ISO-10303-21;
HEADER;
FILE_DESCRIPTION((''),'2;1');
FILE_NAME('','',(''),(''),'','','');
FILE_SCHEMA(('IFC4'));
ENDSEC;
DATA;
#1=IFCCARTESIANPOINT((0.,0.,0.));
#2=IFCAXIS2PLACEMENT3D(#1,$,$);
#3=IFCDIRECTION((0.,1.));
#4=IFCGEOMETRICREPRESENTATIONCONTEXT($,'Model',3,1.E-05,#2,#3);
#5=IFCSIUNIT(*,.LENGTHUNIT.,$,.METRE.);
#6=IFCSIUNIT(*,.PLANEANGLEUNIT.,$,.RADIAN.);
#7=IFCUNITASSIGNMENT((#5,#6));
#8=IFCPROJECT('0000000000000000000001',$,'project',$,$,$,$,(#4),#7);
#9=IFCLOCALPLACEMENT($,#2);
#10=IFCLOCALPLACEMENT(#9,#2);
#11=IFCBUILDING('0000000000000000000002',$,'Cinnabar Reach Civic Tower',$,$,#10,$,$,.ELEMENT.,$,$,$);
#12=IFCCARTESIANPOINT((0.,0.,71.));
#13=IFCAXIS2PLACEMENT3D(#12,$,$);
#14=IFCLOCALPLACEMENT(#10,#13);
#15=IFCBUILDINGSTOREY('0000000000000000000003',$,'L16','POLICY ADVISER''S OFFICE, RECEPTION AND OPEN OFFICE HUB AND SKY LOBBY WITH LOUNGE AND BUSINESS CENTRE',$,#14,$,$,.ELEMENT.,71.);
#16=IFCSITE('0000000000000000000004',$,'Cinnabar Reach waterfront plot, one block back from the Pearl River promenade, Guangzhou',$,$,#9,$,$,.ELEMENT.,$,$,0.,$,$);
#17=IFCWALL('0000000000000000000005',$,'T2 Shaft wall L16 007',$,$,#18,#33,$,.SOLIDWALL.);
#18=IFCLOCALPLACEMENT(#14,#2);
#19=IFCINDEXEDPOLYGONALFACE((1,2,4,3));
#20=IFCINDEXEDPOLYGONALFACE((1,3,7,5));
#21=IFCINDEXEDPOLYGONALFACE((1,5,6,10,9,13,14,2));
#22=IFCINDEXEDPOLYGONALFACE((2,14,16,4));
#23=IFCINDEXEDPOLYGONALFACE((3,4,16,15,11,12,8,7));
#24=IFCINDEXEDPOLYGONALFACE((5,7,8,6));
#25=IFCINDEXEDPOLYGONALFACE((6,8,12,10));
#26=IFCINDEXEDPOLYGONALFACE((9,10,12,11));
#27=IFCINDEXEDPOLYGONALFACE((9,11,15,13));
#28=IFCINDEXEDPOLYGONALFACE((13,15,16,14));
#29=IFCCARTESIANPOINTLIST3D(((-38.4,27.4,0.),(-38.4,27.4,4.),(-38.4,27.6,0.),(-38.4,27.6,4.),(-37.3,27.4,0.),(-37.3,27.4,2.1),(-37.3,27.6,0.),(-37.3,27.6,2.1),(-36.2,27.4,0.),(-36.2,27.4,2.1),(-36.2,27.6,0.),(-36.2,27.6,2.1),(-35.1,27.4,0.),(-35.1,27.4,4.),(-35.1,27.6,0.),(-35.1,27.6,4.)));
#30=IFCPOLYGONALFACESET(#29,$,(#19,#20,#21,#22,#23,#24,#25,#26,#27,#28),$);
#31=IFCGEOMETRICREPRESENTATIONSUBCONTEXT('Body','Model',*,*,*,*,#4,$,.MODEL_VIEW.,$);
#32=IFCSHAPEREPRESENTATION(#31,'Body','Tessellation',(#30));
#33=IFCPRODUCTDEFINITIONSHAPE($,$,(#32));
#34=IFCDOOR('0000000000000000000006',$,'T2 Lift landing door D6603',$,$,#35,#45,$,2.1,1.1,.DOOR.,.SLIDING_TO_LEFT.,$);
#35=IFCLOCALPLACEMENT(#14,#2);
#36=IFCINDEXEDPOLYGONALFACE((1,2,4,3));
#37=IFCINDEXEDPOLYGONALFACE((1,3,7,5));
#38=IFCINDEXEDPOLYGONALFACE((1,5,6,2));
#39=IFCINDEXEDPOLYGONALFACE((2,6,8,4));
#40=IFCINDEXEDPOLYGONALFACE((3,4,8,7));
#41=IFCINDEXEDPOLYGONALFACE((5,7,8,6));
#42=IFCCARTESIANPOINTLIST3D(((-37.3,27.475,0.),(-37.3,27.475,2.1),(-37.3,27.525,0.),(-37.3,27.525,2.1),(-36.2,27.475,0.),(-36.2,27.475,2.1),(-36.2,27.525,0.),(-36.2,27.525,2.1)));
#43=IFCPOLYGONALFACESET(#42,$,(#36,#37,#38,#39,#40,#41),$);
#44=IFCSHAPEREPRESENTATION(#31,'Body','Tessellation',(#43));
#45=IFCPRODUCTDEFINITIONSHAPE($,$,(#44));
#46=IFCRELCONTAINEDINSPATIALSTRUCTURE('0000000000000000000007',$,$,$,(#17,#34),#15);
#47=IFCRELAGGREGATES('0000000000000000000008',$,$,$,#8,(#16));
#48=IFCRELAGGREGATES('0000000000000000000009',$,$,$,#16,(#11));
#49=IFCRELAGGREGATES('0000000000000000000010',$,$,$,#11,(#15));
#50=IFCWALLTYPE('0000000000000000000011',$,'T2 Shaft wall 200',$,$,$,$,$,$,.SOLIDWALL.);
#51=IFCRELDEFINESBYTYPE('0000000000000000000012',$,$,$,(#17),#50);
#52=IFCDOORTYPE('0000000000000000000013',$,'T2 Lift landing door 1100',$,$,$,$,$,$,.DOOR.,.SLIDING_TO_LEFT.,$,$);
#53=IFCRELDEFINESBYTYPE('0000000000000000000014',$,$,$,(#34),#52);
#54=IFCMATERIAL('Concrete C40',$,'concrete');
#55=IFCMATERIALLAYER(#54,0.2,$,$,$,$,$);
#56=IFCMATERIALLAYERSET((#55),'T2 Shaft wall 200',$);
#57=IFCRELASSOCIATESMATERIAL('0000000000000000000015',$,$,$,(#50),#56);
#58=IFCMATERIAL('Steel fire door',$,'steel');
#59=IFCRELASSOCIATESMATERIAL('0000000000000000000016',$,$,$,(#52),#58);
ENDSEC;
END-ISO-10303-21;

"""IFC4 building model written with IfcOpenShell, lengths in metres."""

from ifc_helpers import new_model, si_unit, direction, frame, frame_2d, origin, place, context, subcontext, project, spatial, rectangle, extrude, material, layer, layer_set, type_object, element, fill, save


model = new_model("IFC4")

# Units and contexts
model_context = context("Model", 3, precision=1e-05, world=origin(), true_north=direction((0.0, 1.0)))
body_context = subcontext(model_context, "Body", "Model", "MODEL_VIEW")
ifc_project = project(units=[si_unit("LENGTHUNIT", "METRE"), si_unit("PLANEANGLEUNIT", "RADIAN")], contexts=[model_context])

# Site, building, storey
site_placement = place(None, origin())
site = spatial("IfcSite", under=ifc_project, at=site_placement, Name="Cinnabar Reach waterfront plot, one block back from the Pearl River promenade, Guangzhou", CompositionType="ELEMENT", RefElevation=0.0)
building_placement = place(site_placement, origin())
building = spatial("IfcBuilding", under=site, at=building_placement, Name="Cinnabar Reach Civic Tower", CompositionType="ELEMENT")
storey_placement = place(building_placement, frame((0.0, 0.0, 71.0)))
storey = spatial("IfcBuildingStorey", under=building, at=storey_placement, Name="L16", Description="POLICY ADVISER'S OFFICE, RECEPTION AND OPEN OFFICE HUB AND SKY LOBBY WITH LOUNGE AND BUSINESS CENTRE", CompositionType="ELEMENT", Elevation=71.0)

# Shared definitions
ifc_material_1 = material(Name="Concrete C40", Category="concrete")
ifc_layer_1 = layer(ifc_material_1, 0.2)
ifc_layer_set_1 = layer_set([ifc_layer_1], Name="T2 Shaft wall 200")
wall_type_1 = type_object("IfcWallType", Name="T2 Shaft wall 200", PredefinedType="SOLIDWALL", material=ifc_layer_set_1)

# Shared definitions
ifc_material_2 = material(Name="Steel fire door", Category="steel")
door_type_1 = type_object("IfcDoorType", Name="T2 Lift landing door 1100", OperationType="SLIDING_TO_LEFT", PredefinedType="DOOR", material=ifc_material_2)

# Wall, opening, door
wall_1_placement = place(storey_placement, frame((-38.4, 27.5, 0.0), z_axis=(0.0, 0.0, 1.0), x_axis=(1.0, 0.0, 0.0)))
wall_1 = element("IfcWall", 1, at=wall_1_placement, inside=storey, type_object=wall_type_1, Name="T2 Shaft wall L16 007", PredefinedType="SOLIDWALL", context=body_context, shape_type="SweptSolid", body=[
    extrude(rectangle(XDim=3.3, YDim=0.2, at=frame_2d((1.65, 0.0))), origin(), (0.0, 0.0, 1.0), 4.0),
])
opening_1_placement = place(wall_1_placement, frame((1.1, 0.0, 0.0)))
opening_1 = element("IfcOpeningElement", 2, at=opening_1_placement, cuts=wall_1, PredefinedType="OPENING", context=body_context, shape_type="SweptSolid", body=[
    extrude(rectangle(XDim=1.1, YDim=2.1, at=frame_2d((0.55, 1.05))), frame((0.0, 0.11, 0.0), z_axis=(0.0, -1.0, 0.0), x_axis=(1.0, 0.0, 0.0)), (0.0, 0.0, 1.0), 0.22),
])
door_1_placement = place(opening_1_placement, origin())
door_1 = element("IfcDoor", 3, at=door_1_placement, inside=storey, type_object=door_type_1, Name="T2 Lift landing door D6603", OperationType="SLIDING_TO_LEFT", OverallHeight=2.1, OverallWidth=1.1, PredefinedType="DOOR", context=body_context, shape_type="SweptSolid", body=[
    extrude(rectangle(XDim=1.1, YDim=2.1, at=frame_2d((0.55, 1.05))), frame((0.0, 0.025, 0.0), z_axis=(0.0, -1.0, 0.0), x_axis=(1.0, 0.0, 0.0)), (0.0, 0.0, 1.0), 0.05),
])
fill(opening_1, door_1)

save(model, "model.ifc")
